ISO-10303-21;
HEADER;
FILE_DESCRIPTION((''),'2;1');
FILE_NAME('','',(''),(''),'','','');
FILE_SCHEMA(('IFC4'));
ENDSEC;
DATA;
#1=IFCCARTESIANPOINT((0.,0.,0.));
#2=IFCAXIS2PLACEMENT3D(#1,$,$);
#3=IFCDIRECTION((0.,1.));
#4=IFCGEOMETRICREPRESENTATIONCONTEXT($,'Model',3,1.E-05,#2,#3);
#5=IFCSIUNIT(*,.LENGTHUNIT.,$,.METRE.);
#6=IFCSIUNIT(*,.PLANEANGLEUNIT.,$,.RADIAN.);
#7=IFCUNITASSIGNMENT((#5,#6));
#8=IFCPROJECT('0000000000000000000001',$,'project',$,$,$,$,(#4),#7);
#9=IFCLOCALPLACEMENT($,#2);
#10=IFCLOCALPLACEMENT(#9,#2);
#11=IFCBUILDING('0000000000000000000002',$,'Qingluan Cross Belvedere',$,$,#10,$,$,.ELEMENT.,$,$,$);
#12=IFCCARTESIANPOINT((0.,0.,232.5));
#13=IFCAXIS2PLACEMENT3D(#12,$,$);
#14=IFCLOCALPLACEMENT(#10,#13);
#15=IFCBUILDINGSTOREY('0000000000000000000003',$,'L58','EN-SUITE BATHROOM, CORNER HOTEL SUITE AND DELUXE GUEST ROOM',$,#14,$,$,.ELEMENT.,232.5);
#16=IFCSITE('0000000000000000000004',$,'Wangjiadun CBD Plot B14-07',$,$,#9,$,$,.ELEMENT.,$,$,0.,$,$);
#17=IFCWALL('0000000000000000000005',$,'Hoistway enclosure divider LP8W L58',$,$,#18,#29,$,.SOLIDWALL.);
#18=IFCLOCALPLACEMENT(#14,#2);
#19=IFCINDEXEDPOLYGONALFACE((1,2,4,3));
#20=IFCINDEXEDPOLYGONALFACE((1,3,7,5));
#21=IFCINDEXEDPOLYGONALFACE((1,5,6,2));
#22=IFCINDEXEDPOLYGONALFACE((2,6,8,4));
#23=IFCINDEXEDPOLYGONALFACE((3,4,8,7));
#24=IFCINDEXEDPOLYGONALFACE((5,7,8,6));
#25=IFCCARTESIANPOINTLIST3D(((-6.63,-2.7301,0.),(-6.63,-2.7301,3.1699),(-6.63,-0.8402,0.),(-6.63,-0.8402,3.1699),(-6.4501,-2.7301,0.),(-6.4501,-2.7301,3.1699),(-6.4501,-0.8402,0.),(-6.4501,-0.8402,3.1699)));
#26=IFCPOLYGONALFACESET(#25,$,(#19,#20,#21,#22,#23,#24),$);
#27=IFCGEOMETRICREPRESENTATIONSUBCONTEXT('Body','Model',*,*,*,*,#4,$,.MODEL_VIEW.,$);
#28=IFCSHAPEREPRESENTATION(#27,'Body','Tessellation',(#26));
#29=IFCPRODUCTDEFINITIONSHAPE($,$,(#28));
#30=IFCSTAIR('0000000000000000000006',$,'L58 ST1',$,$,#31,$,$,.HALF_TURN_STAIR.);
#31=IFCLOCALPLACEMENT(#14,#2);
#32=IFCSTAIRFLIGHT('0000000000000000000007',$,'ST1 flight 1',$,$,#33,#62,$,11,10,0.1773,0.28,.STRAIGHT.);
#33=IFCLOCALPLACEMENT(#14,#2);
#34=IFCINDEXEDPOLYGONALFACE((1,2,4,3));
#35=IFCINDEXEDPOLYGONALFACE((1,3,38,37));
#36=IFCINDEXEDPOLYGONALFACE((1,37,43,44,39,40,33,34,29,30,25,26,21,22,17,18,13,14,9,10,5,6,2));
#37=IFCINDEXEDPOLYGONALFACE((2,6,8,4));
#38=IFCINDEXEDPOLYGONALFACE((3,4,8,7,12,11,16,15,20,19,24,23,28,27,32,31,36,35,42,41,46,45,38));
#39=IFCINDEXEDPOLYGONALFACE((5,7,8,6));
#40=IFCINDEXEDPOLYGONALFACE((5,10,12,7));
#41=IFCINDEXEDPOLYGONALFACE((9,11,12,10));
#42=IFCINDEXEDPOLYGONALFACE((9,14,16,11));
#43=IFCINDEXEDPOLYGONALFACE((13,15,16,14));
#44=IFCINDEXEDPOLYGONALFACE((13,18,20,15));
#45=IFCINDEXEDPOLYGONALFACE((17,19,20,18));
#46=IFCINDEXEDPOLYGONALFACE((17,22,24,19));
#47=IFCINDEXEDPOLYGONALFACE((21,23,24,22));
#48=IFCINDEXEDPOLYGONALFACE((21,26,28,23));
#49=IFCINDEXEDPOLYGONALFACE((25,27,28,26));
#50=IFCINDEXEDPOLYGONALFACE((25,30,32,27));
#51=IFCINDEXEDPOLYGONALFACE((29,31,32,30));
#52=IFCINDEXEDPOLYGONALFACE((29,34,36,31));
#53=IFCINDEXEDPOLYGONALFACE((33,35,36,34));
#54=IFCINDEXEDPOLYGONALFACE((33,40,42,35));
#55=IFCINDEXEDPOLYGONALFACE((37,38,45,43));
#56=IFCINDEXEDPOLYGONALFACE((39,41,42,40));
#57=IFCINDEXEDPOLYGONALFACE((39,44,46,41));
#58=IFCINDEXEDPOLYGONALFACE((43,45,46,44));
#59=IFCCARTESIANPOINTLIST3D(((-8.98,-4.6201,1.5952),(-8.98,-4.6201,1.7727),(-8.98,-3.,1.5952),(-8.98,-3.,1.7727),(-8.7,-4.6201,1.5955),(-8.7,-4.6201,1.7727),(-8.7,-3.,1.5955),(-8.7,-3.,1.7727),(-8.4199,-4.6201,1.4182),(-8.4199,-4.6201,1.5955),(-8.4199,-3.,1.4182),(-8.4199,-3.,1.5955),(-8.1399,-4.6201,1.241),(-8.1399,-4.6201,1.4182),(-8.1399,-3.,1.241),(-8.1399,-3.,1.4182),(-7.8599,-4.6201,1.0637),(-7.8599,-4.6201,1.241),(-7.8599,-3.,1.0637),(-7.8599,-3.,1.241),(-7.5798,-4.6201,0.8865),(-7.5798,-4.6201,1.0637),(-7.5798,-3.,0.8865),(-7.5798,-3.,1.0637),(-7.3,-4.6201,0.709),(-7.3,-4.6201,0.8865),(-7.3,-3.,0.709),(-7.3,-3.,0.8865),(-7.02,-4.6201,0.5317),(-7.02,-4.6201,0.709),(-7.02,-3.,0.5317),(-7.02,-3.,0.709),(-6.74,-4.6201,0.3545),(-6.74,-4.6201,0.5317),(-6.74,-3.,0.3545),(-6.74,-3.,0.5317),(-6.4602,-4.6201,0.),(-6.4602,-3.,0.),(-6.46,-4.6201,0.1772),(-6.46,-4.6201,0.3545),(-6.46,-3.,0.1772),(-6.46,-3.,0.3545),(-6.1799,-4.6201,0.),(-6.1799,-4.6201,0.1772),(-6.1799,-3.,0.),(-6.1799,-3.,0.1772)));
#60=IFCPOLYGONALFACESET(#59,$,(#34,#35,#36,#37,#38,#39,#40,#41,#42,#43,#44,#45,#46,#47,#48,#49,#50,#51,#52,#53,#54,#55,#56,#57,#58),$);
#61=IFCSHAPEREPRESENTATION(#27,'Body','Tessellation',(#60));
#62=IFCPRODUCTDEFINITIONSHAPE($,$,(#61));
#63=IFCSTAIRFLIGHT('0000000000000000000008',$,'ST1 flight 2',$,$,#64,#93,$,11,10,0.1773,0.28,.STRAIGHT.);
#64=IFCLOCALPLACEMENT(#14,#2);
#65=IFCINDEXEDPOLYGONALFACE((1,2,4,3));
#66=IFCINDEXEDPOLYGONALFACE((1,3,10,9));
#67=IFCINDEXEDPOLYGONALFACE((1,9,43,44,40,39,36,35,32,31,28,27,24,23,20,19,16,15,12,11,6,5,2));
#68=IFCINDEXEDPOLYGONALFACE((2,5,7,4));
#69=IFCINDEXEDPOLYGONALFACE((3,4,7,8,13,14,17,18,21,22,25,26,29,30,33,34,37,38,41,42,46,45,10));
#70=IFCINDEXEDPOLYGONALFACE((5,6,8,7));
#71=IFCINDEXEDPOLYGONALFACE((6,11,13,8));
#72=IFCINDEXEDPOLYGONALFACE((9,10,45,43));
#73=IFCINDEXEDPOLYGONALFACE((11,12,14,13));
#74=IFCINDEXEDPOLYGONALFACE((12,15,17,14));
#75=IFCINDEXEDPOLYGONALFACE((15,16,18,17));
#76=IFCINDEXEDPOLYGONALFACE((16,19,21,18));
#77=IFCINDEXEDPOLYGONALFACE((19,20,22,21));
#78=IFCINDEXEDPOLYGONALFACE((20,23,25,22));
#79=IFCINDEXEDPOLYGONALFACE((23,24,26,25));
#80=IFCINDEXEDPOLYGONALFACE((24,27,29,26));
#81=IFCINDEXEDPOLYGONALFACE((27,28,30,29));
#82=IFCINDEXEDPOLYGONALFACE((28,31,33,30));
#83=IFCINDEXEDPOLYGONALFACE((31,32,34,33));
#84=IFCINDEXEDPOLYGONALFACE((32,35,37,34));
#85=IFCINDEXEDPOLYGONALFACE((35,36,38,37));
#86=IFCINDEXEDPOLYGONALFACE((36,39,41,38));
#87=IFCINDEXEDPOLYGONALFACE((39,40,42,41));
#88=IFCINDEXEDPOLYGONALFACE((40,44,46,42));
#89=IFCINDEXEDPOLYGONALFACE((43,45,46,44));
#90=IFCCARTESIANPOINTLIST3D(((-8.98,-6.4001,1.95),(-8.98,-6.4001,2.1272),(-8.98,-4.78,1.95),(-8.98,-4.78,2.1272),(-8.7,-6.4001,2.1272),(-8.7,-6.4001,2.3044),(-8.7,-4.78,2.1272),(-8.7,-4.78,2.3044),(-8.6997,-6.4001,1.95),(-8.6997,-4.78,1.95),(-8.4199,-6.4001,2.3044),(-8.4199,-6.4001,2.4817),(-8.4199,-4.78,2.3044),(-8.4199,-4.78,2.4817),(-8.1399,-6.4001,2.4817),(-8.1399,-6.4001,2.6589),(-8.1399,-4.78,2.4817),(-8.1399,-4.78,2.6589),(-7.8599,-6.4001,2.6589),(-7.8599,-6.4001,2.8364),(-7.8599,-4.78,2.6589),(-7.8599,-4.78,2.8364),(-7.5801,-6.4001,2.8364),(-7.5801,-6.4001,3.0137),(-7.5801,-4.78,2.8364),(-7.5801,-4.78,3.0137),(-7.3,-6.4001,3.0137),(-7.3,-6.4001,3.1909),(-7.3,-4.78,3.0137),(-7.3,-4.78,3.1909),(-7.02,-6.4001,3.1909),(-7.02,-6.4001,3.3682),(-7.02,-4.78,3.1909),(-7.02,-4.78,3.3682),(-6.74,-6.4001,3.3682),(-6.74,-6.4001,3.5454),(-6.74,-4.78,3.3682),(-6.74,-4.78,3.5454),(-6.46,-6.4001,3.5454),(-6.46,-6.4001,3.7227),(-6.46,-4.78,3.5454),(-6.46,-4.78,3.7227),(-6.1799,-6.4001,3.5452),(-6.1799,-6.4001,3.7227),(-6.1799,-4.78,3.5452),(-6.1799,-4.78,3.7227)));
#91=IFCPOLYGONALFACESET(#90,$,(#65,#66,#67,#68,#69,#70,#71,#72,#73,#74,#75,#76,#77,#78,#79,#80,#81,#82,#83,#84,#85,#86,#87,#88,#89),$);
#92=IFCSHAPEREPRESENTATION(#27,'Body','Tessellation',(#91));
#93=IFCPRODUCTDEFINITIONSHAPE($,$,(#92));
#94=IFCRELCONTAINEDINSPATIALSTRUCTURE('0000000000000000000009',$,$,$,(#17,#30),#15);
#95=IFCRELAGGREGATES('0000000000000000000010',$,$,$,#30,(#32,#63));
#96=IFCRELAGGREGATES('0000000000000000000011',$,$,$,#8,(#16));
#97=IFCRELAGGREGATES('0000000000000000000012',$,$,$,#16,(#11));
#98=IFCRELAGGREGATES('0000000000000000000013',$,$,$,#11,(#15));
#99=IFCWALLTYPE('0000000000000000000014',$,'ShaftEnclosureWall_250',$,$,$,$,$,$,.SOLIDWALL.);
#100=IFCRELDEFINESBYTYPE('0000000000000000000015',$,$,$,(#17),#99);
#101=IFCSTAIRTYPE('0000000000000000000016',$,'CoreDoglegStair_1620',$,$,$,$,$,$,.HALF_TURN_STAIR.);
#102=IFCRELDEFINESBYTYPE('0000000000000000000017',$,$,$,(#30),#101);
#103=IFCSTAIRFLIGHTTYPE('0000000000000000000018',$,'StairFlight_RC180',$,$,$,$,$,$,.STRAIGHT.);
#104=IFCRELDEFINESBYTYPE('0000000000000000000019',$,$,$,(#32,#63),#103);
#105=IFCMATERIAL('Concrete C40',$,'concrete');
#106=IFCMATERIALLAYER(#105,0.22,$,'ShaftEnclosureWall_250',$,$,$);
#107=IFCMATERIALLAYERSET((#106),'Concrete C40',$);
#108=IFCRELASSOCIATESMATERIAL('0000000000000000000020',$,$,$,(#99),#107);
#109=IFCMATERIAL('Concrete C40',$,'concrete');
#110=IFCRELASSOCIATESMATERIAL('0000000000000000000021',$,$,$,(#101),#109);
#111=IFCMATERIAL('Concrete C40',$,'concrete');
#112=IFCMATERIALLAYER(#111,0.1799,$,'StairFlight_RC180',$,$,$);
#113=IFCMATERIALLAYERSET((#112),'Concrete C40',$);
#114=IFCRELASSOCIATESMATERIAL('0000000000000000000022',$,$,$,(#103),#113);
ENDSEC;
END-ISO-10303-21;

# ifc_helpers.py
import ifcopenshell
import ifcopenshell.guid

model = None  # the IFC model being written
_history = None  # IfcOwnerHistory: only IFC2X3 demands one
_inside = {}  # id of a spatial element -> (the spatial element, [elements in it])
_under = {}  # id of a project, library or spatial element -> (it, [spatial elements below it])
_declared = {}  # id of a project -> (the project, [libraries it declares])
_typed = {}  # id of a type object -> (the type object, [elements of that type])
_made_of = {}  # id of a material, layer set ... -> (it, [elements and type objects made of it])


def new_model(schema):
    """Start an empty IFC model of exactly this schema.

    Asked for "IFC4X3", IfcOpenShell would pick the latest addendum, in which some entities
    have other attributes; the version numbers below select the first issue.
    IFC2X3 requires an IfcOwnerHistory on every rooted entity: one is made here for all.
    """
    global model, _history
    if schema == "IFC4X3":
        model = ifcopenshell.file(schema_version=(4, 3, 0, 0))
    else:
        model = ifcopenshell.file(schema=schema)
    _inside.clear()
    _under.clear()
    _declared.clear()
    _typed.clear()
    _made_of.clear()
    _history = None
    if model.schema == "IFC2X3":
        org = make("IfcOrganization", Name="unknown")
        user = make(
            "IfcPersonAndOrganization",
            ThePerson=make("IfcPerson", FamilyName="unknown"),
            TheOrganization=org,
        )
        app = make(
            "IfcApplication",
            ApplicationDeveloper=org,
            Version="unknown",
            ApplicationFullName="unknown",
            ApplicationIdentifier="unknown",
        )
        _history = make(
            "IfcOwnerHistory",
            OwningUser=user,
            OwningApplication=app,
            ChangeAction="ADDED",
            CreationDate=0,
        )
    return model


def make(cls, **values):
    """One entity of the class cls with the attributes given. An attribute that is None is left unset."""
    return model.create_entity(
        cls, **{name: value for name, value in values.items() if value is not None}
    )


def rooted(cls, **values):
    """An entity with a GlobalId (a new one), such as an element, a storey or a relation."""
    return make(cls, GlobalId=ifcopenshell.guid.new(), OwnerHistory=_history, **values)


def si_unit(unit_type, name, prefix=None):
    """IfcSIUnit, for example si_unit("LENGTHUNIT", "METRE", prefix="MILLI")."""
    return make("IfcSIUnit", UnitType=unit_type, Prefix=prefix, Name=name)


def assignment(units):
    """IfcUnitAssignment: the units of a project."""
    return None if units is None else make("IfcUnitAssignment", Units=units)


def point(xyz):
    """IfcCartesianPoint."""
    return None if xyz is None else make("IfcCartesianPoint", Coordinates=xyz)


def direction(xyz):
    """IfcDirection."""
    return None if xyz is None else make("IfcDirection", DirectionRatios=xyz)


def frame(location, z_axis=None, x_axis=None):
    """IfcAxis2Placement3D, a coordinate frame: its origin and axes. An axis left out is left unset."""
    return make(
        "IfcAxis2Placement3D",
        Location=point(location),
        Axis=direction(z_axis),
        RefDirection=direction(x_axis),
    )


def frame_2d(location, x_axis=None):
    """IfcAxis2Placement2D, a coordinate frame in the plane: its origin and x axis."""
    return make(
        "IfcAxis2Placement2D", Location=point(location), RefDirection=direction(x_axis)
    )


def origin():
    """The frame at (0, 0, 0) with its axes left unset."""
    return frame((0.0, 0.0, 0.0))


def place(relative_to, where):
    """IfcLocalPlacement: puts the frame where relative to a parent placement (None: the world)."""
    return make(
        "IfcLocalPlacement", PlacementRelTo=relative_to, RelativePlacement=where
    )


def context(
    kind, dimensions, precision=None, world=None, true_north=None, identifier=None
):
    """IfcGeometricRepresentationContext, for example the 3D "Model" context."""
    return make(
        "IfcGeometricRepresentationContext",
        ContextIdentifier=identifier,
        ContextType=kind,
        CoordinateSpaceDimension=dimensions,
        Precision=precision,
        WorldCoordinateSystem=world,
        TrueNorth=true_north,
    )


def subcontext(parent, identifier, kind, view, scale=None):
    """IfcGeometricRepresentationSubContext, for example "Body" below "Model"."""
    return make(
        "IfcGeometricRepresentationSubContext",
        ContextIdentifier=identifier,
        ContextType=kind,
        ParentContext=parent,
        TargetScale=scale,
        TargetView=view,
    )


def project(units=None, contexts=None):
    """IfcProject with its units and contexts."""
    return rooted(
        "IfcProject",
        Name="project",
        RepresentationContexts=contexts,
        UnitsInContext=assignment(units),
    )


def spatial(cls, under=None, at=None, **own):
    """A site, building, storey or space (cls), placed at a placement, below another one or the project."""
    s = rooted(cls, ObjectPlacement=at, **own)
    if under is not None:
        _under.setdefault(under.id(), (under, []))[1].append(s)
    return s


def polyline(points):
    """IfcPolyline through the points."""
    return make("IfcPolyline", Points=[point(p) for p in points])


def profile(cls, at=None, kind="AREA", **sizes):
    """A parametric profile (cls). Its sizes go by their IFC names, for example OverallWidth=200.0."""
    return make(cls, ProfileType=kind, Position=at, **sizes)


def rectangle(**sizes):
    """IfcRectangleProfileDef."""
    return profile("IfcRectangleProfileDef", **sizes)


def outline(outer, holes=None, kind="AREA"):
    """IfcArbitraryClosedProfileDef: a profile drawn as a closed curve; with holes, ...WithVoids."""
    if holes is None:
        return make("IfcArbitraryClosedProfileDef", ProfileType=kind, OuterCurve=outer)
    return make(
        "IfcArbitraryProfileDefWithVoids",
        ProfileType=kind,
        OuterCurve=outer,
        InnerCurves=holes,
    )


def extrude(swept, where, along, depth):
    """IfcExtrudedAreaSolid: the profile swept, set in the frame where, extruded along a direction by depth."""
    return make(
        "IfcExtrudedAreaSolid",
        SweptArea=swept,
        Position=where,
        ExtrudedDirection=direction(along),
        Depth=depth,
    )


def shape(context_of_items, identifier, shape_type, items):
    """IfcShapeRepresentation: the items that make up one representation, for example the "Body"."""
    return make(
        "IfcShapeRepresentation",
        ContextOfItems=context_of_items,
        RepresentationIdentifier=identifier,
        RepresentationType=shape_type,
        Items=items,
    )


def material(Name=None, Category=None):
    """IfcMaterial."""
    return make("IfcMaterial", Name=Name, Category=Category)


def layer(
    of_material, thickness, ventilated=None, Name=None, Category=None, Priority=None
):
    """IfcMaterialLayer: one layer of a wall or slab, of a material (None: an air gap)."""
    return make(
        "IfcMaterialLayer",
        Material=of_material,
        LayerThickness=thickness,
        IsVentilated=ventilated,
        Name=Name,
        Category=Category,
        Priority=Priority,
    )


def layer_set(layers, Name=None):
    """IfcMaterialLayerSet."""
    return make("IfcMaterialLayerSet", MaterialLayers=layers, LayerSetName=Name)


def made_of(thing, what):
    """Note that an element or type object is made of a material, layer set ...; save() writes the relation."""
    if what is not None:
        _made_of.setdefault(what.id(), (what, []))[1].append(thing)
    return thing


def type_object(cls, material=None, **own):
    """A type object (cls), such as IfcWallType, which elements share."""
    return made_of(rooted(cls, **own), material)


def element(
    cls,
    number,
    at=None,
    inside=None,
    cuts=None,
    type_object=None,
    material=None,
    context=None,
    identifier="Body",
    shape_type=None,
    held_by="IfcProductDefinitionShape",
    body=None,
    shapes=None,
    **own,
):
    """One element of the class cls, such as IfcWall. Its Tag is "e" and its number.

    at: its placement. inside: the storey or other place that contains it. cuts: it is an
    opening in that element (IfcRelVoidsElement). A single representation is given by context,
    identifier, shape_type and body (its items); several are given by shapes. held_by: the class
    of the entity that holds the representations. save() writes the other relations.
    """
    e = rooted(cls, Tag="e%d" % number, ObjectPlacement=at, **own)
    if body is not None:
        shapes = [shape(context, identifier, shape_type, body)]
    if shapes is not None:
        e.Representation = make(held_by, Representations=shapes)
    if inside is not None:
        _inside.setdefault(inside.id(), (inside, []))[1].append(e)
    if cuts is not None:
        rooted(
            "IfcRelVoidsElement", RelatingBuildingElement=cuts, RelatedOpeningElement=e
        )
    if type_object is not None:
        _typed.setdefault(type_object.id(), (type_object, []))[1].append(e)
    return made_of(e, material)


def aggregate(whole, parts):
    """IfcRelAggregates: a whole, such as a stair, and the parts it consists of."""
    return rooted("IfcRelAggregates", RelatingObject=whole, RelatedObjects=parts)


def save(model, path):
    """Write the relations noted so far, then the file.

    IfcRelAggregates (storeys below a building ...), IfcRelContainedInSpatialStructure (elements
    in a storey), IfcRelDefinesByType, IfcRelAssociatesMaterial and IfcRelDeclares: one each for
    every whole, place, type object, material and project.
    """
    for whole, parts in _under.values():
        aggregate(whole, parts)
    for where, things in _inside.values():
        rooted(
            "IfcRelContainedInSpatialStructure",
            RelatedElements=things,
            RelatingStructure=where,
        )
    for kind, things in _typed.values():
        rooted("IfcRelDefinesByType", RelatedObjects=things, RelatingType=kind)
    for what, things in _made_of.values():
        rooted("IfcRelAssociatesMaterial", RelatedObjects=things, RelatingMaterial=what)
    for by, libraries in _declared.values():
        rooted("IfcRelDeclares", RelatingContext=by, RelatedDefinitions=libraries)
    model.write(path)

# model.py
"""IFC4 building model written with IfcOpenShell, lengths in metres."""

from ifc_helpers import new_model, si_unit, direction, frame, frame_2d, origin, place, context, subcontext, project, spatial, polyline, rectangle, outline, extrude, material, layer, layer_set, type_object, element, aggregate, save


model = new_model("IFC4")

# Units and contexts
model_context = context("Model", 3, precision=1e-05, world=origin(), true_north=direction((0.0, 1.0)))
body_context = subcontext(model_context, "Body", "Model", "MODEL_VIEW")
ifc_project = project(units=[si_unit("LENGTHUNIT", "METRE"), si_unit("PLANEANGLEUNIT", "RADIAN")], contexts=[model_context])

# Site, building, storey
site_placement = place(None, origin())
site = spatial("IfcSite", under=ifc_project, at=site_placement, Name="Wangjiadun CBD Plot B14-07", CompositionType="ELEMENT", RefElevation=0.0)
building_placement = place(site_placement, origin())
building = spatial("IfcBuilding", under=site, at=building_placement, Name="Qingluan Cross Belvedere", CompositionType="ELEMENT")
storey_placement = place(building_placement, frame((0.0, 0.0, 232.5)))
storey = spatial("IfcBuildingStorey", under=building, at=storey_placement, Name="L58", Description="EN-SUITE BATHROOM, CORNER HOTEL SUITE AND DELUXE GUEST ROOM", CompositionType="ELEMENT", Elevation=232.5)

# Shared definitions
ifc_material_1 = material(Name="Concrete C40", Category="concrete")
ifc_layer_1 = layer(ifc_material_1, 0.22, Name="ShaftEnclosureWall_250")
ifc_layer_set_1 = layer_set([ifc_layer_1], Name="Concrete C40")
wall_type_1 = type_object("IfcWallType", Name="ShaftEnclosureWall_250", PredefinedType="SOLIDWALL", material=ifc_layer_set_1)

# Wall
wall_1_placement = place(storey_placement, frame((-6.54, -2.73, 0.0), z_axis=(0.0, 0.0, 1.0), x_axis=(0.0, 1.0, 0.0)))
element("IfcWall", 1, at=wall_1_placement, inside=storey, type_object=wall_type_1, Name="Hoistway enclosure divider LP8W L58", PredefinedType="SOLIDWALL", context=body_context, shape_type="SweptSolid", body=[
    extrude(rectangle(XDim=1.8899, YDim=0.1799, at=frame_2d((0.9448, 0.0))), origin(), (0.0, 0.0, 1.0), 3.1699),
])

# Stair, stair flights
ifc_material_2 = material(Name="Concrete C40", Category="concrete")
stair_type = type_object("IfcStairType", Name="CoreDoglegStair_1620", PredefinedType="HALF_TURN_STAIR", material=ifc_material_2)
stair_placement = place(storey_placement, origin())
stair = element("IfcStair", 2, at=stair_placement, inside=storey, type_object=stair_type, Name="L58 ST1", PredefinedType="HALF_TURN_STAIR")
ifc_material_3 = material(Name="Concrete C40", Category="concrete")
ifc_layer_2 = layer(ifc_material_3, 0.1799, Name="StairFlight_RC180")
ifc_layer_set_2 = layer_set([ifc_layer_2], Name="Concrete C40")
stair_flight_type = type_object("IfcStairFlightType", Name="StairFlight_RC180", PredefinedType="STRAIGHT", material=ifc_layer_set_2)
stair_flight_1_placement = place(storey_placement, frame((-6.1799, -3.8101, 0.0), z_axis=(0.0, 0.0, 1.0), x_axis=(-1.0, 0.0, 0.0)))
stair_flight_1 = element("IfcStairFlight", 3, at=stair_flight_1_placement, type_object=stair_flight_type, Name="ST1 flight 1", NumberOfRisers=11, NumberOfTreads=10, PredefinedType="STRAIGHT", RiserHeight=0.1773, TreadLength=0.28, context=body_context, shape_type="SweptSolid", body=[
    extrude(outline(polyline([(0.0, 0.0), (0.0, 0.1772), (0.28, 0.1772), (0.28, 0.3545), (0.5601, 0.3545), (0.5601, 0.5317), (0.8401, 0.5317), (0.8401, 0.709), (1.1201, 0.709), (1.1201, 0.8865), (1.3999, 0.8865), (1.3999, 1.0637), (1.6799, 1.0637), (1.6799, 1.241), (1.96, 1.241), (1.96, 1.4182), (2.24, 1.4182), (2.24, 1.5955), (2.52, 1.5955), (2.52, 1.7727), (2.8, 1.7727), (2.8, 1.95), (2.8, 1.5952), (0.2803, 0.0), (0.0, 0.0)])), frame((0.0, 0.8101, 0.0), z_axis=(0.0, -1.0, 0.0), x_axis=(1.0, 0.0, 0.0)), (0.0, 0.0, 1.0), 1.6201),
])
stair_flight_2_placement = place(storey_placement, frame((-8.98, -5.5901, 1.95), z_axis=(0.0, 0.0, 1.0), x_axis=(1.0, 0.0, 0.0)))
stair_flight_2 = element("IfcStairFlight", 4, at=stair_flight_2_placement, type_object=stair_flight_type, Name="ST1 flight 2", NumberOfRisers=11, NumberOfTreads=10, PredefinedType="STRAIGHT", RiserHeight=0.1773, TreadLength=0.28, context=body_context, shape_type="SweptSolid", body=[
    extrude(outline(polyline([(0.0, 0.0), (0.0, 0.1772), (0.28, 0.1772), (0.28, 0.3545), (0.5601, 0.3545), (0.5601, 0.5317), (0.8401, 0.5317), (0.8401, 0.709), (1.1201, 0.709), (1.1201, 0.8865), (1.3999, 0.8865), (1.3999, 1.0637), (1.6799, 1.0637), (1.6799, 1.241), (1.96, 1.241), (1.96, 1.4182), (2.24, 1.4182), (2.24, 1.5955), (2.52, 1.5955), (2.52, 1.7727), (2.8, 1.7727), (2.8, 1.95), (2.8, 1.5952), (0.2803, 0.0), (0.0, 0.0)])), frame((0.0, 0.8101, 0.0), z_axis=(0.0, -1.0, 0.0), x_axis=(1.0, 0.0, 0.0)), (0.0, 0.0, 1.0), 1.6201),
])
aggregate(stair, [stair_flight_1, stair_flight_2])

save(model, "model.ifc")
